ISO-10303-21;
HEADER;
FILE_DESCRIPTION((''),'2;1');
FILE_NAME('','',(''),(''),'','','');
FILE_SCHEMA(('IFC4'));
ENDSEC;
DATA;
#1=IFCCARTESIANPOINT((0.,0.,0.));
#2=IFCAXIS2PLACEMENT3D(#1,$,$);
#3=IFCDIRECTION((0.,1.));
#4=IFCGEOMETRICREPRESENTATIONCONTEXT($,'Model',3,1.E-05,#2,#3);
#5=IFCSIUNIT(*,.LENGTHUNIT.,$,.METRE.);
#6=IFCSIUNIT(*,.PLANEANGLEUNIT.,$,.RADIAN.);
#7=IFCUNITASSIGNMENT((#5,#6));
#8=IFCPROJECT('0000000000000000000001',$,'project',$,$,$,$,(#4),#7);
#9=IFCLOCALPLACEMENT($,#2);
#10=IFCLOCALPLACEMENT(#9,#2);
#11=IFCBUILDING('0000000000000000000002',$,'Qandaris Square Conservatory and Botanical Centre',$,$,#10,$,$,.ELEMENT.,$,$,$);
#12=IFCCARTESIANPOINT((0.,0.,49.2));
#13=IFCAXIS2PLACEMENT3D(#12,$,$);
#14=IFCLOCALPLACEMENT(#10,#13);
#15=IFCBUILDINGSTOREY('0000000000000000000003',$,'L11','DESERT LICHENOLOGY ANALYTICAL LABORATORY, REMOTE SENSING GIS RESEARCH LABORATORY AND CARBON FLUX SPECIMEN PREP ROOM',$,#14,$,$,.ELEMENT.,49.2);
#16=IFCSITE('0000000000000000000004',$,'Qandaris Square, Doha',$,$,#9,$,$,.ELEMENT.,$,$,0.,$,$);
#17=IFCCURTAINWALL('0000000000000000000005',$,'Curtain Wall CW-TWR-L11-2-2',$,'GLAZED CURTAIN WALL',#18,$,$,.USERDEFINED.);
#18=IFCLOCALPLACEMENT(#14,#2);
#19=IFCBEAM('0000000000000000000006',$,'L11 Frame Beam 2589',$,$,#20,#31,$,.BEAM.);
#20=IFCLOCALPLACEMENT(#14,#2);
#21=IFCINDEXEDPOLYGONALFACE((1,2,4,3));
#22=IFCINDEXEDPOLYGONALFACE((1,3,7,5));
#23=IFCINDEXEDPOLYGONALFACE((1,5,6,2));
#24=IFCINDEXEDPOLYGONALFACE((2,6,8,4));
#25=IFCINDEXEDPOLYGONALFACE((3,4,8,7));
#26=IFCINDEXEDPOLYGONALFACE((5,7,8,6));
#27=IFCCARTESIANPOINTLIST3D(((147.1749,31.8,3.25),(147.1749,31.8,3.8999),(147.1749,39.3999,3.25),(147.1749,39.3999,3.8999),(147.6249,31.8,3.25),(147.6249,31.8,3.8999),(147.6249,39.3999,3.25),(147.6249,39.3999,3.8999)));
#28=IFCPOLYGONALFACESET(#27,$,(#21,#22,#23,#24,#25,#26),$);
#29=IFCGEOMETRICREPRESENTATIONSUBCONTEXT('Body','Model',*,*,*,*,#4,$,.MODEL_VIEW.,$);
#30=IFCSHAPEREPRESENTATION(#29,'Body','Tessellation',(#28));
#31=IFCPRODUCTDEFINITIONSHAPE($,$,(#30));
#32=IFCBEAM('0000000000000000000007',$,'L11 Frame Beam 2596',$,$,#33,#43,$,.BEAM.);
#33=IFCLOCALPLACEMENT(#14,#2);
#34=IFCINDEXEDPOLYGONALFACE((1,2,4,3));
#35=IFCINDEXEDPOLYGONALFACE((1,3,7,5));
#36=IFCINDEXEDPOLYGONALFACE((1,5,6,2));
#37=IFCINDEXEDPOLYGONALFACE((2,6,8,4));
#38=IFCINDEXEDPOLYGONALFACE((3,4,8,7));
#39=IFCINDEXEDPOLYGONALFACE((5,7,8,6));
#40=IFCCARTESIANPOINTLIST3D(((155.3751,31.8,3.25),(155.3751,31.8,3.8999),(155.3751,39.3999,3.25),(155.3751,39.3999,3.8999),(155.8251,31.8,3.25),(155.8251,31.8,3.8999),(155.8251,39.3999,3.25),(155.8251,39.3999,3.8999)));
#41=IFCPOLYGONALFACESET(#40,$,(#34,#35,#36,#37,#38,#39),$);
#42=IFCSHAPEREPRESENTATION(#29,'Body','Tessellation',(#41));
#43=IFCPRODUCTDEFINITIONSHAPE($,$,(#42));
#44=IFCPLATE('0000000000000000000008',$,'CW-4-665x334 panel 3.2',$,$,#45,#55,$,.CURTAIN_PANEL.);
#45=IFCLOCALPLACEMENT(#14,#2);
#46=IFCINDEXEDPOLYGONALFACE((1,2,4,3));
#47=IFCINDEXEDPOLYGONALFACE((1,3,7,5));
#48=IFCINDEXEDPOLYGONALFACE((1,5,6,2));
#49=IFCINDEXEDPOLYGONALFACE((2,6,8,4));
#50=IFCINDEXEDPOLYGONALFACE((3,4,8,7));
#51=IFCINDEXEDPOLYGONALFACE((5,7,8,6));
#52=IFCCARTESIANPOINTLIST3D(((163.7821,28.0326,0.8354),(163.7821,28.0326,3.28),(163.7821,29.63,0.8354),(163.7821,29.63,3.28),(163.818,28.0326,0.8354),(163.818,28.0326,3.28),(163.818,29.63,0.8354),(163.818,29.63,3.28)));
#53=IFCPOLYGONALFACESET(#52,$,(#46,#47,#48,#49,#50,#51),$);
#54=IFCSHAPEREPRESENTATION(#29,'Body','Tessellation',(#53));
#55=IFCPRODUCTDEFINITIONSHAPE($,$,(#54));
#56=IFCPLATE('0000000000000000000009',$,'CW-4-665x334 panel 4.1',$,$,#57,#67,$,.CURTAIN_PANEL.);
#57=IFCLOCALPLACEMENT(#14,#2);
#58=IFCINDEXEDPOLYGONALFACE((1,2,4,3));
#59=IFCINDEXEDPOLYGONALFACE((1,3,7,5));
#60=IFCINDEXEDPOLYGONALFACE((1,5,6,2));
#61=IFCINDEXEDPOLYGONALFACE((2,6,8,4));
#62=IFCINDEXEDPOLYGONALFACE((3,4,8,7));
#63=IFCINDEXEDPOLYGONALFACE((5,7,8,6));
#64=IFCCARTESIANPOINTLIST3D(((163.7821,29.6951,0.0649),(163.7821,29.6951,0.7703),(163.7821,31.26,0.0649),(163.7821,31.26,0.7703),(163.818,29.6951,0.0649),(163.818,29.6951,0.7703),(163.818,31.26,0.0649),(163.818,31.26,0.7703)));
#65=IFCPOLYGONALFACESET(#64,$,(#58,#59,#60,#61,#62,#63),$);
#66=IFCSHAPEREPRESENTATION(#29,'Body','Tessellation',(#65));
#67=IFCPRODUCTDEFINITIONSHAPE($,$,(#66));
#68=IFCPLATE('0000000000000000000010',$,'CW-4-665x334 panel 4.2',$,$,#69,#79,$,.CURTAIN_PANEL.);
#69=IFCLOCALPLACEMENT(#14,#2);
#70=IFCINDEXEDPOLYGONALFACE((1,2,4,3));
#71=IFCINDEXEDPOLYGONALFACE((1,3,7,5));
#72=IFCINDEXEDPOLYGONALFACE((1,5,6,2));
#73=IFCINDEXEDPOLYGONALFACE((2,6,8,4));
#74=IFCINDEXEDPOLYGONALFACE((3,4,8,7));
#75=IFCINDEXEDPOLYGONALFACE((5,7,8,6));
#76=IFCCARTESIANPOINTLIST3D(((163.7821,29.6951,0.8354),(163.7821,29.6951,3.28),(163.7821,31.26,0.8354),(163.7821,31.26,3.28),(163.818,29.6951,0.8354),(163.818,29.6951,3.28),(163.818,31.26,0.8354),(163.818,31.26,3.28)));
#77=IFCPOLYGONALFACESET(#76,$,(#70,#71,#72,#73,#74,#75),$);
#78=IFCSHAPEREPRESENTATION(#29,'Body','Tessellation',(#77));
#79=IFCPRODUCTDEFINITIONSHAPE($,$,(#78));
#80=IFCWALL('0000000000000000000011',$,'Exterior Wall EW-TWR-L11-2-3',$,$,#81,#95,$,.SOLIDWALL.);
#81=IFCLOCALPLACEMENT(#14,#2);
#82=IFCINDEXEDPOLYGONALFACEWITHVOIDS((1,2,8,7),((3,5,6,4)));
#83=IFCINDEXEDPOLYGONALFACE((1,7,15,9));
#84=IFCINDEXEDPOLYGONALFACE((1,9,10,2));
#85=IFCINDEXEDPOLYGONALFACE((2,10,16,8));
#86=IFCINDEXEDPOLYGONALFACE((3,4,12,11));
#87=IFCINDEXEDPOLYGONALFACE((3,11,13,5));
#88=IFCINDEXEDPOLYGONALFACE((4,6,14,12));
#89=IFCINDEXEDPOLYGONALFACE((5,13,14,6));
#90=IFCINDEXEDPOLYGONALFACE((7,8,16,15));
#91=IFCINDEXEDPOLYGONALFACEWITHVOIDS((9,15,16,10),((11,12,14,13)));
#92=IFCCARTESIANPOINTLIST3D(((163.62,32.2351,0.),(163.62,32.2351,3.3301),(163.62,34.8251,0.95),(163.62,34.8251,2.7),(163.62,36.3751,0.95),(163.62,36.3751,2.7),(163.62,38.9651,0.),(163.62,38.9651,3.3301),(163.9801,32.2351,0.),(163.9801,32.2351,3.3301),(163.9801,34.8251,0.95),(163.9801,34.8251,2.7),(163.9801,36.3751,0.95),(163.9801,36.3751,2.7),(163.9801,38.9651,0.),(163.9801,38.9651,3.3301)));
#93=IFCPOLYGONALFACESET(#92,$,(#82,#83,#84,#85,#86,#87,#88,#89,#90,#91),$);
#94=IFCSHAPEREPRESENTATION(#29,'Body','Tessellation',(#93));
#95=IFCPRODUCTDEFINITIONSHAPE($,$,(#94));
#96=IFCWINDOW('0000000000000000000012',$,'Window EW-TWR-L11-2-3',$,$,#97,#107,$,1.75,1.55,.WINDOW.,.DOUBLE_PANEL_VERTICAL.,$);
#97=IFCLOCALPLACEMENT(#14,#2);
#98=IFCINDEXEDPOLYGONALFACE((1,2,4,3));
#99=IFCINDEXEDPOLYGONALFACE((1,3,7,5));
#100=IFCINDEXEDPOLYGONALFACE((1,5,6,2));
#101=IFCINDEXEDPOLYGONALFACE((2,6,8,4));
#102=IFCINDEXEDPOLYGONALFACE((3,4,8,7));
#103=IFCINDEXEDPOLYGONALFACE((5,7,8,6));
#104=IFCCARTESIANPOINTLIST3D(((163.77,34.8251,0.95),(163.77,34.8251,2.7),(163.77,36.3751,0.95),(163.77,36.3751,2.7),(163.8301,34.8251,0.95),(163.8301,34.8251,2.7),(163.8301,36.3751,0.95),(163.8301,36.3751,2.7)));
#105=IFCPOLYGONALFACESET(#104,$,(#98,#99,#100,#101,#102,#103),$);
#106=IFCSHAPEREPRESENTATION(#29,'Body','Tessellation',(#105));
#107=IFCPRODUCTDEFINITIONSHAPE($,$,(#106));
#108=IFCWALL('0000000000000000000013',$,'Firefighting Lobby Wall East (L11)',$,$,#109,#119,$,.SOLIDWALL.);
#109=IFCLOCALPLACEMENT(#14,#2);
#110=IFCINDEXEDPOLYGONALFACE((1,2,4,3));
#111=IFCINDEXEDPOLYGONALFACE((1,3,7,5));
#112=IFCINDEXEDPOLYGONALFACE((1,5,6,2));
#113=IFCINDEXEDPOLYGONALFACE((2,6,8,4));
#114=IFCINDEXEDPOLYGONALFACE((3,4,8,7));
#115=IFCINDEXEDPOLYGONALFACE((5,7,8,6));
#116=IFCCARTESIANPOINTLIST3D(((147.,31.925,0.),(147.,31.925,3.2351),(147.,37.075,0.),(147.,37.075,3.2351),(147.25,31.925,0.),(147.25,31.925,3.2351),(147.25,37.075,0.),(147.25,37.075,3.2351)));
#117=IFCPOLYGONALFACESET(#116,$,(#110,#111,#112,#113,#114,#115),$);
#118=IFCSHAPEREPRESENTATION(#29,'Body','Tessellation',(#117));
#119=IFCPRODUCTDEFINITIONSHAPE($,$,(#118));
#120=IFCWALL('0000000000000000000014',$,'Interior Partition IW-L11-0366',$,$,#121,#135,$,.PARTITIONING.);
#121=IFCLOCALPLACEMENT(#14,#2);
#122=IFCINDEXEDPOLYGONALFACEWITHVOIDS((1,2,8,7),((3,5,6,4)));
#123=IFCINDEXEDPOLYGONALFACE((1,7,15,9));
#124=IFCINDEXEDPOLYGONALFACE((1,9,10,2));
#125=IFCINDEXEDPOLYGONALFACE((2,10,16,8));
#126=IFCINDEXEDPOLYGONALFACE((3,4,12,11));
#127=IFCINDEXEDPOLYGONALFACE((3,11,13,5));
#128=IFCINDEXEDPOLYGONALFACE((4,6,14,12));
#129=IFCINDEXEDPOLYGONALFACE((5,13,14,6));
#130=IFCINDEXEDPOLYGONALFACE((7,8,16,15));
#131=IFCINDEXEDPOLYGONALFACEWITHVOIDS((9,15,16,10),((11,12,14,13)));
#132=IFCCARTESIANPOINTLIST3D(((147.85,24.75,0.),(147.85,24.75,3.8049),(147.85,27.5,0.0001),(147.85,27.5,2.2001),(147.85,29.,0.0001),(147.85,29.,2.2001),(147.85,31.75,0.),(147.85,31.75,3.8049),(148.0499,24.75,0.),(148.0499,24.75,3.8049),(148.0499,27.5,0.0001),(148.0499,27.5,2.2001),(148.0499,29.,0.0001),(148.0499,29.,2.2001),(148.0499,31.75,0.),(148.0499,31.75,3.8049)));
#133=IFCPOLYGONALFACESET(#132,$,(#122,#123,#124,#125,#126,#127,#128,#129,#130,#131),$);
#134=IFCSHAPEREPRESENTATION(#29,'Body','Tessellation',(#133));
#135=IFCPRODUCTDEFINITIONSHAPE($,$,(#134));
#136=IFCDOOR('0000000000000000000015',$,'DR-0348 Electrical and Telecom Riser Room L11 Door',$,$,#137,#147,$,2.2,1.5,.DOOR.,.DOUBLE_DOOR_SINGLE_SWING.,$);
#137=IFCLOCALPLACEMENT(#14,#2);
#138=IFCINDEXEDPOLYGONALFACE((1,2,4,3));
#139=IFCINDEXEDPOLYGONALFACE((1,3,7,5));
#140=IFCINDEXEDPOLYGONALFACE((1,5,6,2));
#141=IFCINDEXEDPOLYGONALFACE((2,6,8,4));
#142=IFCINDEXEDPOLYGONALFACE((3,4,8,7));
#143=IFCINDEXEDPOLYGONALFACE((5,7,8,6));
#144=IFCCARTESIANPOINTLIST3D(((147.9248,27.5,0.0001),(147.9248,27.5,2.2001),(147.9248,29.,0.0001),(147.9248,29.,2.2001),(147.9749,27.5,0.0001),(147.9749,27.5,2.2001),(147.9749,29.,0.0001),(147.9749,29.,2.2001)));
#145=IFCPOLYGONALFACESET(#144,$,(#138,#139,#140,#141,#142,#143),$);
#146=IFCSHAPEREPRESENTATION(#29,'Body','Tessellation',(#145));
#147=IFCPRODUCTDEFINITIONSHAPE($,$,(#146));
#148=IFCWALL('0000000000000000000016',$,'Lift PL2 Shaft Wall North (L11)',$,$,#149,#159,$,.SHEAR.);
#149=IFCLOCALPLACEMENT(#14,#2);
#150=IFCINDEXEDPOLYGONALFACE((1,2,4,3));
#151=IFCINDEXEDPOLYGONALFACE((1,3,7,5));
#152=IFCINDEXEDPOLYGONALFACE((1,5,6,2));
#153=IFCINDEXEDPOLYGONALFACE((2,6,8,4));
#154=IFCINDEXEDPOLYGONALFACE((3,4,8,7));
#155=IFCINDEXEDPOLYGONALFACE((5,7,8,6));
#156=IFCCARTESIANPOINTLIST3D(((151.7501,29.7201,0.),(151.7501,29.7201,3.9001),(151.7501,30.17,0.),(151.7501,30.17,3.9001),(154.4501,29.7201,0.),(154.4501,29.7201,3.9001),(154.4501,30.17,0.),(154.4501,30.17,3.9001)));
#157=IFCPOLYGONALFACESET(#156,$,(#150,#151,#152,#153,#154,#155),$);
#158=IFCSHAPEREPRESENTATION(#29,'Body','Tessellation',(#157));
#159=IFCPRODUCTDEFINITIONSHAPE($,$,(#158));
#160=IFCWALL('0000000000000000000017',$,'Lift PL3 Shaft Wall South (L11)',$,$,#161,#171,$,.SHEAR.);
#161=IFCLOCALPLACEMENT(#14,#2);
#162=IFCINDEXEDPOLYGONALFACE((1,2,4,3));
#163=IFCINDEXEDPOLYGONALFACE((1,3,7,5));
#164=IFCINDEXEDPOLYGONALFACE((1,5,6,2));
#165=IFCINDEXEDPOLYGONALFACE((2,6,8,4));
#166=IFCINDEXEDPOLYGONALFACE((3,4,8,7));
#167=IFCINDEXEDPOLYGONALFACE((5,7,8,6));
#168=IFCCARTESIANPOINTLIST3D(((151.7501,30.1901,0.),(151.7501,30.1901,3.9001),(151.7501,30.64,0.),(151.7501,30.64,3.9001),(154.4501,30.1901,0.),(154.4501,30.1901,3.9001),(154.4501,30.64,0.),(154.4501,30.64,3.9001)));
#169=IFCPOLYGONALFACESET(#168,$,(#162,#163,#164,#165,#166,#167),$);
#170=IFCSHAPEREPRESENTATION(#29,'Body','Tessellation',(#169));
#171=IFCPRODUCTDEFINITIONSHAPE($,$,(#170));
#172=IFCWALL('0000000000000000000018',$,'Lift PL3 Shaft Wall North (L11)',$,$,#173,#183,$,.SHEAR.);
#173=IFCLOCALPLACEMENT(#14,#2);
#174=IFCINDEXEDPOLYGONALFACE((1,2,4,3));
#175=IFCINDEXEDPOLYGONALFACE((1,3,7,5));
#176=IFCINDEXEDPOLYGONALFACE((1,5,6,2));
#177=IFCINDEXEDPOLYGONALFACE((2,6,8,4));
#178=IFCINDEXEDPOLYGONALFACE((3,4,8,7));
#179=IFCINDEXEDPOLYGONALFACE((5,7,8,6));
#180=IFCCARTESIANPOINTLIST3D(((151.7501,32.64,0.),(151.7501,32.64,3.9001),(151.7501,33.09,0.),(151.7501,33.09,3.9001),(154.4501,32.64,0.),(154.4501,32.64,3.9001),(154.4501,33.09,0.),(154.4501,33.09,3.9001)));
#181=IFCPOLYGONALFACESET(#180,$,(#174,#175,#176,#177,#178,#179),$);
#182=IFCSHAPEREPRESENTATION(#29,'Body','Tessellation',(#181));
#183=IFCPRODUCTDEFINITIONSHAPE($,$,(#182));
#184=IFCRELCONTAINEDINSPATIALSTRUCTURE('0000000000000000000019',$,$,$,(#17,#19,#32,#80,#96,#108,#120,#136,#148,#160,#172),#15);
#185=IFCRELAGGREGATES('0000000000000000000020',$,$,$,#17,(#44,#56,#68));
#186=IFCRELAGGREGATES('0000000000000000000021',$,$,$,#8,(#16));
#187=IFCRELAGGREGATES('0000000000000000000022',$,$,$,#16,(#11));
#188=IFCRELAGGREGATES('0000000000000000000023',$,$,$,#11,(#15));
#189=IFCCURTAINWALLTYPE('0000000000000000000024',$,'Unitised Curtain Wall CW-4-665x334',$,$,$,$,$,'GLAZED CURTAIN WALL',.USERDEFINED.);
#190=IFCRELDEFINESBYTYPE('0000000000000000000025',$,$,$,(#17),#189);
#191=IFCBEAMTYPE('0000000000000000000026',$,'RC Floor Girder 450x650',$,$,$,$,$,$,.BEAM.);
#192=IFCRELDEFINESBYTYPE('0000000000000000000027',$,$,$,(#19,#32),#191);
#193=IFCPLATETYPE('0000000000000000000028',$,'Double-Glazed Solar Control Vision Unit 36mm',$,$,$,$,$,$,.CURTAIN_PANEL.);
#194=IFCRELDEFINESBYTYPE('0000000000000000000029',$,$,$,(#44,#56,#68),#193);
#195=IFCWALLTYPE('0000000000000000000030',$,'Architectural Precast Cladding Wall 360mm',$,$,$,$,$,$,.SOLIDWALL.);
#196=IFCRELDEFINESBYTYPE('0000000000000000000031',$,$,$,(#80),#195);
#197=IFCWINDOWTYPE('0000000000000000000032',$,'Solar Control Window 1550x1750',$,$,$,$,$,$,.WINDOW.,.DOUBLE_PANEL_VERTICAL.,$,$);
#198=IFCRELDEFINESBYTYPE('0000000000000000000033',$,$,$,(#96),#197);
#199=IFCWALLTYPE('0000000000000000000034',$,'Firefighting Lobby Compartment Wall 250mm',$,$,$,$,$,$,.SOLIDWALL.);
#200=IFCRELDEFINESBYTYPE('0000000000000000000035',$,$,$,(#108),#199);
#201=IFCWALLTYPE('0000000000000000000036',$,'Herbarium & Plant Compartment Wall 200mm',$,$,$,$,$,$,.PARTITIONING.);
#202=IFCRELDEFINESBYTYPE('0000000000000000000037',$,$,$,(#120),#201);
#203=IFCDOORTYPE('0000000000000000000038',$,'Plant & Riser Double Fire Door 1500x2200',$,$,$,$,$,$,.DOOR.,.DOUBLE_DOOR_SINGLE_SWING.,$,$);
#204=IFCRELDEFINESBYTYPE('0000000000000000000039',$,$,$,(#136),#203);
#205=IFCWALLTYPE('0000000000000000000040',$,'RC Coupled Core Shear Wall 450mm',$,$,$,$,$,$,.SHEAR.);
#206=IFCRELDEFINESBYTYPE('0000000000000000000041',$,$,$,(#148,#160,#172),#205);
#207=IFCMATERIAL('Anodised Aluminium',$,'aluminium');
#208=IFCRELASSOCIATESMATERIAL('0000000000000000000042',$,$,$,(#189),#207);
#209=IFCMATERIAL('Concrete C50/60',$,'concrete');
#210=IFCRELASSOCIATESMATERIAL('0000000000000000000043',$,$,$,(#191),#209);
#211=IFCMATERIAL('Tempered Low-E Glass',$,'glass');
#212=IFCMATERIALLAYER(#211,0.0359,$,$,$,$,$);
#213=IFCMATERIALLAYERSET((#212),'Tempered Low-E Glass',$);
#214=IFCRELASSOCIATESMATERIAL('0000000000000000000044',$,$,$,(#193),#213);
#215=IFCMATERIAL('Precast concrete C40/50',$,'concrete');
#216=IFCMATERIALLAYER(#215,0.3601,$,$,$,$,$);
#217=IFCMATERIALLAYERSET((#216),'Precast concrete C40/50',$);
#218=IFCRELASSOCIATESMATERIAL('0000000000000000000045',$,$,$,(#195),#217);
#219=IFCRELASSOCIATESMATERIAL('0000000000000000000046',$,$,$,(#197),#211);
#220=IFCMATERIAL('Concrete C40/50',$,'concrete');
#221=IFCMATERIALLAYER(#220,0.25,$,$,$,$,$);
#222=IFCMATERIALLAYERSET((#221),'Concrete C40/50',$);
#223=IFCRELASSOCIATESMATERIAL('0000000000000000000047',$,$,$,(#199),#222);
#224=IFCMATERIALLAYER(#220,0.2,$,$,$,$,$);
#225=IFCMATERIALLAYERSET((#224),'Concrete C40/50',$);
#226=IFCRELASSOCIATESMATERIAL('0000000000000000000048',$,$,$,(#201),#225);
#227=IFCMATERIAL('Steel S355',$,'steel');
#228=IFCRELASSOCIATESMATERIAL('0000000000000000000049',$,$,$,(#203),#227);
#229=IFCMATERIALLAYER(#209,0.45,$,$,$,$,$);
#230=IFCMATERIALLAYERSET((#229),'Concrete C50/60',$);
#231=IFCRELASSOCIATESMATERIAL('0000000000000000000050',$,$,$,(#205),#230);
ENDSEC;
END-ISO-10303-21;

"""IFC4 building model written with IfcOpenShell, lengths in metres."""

from ifc_helpers import new_model, si_unit, direction, frame, frame_2d, origin, origin_2d, place, context, subcontext, project, spatial, rectangle, extrude, material, layer, layer_set, material_profile, profile_set, type_object, element, fill, aggregate, save


model = new_model("IFC4")

# Units and contexts
model_context = context("Model", 3, precision=1e-05, world=origin(), true_north=direction((0.0, 1.0)))
body_context = subcontext(model_context, "Body", "Model", "MODEL_VIEW")
ifc_project = project(units=[si_unit("LENGTHUNIT", "METRE"), si_unit("PLANEANGLEUNIT", "RADIAN")], contexts=[model_context])

# Site, building, storey
site_placement = place(None, origin())
site = spatial("IfcSite", under=ifc_project, at=site_placement, Name="Qandaris Square, Doha", CompositionType="ELEMENT", RefElevation=0.0)
building_placement = place(site_placement, origin())
building = spatial("IfcBuilding", under=site, at=building_placement, Name="Qandaris Square Conservatory and Botanical Centre", CompositionType="ELEMENT")
storey_placement = place(building_placement, frame((0.0, 0.0, 49.2)))
storey = spatial("IfcBuildingStorey", under=building, at=storey_placement, Name="L11", Description="DESERT LICHENOLOGY ANALYTICAL LABORATORY, REMOTE SENSING GIS RESEARCH LABORATORY AND CARBON FLUX SPECIMEN PREP ROOM", CompositionType="ELEMENT", Elevation=49.2)

# Shared definitions
ifc_material_1 = material(Name="Concrete C50/60", Category="concrete")

# Shared definitions
ifc_material_2 = material(Name="Steel S355", Category="steel")

# Curtain wall
ifc_material_3 = material(Name="Anodised Aluminium", Category="aluminium")
curtain_wall_type = type_object("IfcCurtainWallType", Name="Unitised Curtain Wall CW-4-665x334", ElementType="GLAZED CURTAIN WALL", PredefinedType="USERDEFINED", material=ifc_material_3)
curtain_wall_placement = place(storey_placement, origin())
curtain_wall = element("IfcCurtainWall", 1, at=curtain_wall_placement, inside=storey, type_object=curtain_wall_type, Name="Curtain Wall CW-TWR-L11-2-2", ObjectType="GLAZED CURTAIN WALL", PredefinedType="USERDEFINED")

# Beams
ifc_material_profile_1 = material_profile(ifc_material_1, rectangle(XDim=0.45, YDim=0.6499, at=origin_2d()), Name="RC-BM 450x650")
ifc_profile_set_1 = profile_set([ifc_material_profile_1], Name="Concrete C50/60")
beam_type_1 = type_object("IfcBeamType", Name="RC Floor Girder 450x650", PredefinedType="BEAM", material=ifc_profile_set_1)
for number, where, z_axis, x_axis, name in (
    (2, (147.3999, 31.8, 3.575), (0.0, 1.0, 0.0), (-1.0, 0.0, 0.0), "L11 Frame Beam 2589"),
    (3, (155.6001, 31.8, 3.575), (0.0, 1.0, 0.0), (-1.0, 0.0, 0.0), "L11 Frame Beam 2596"),
):
    element("IfcBeam", number, at=place(storey_placement, frame(where, z_axis=z_axis, x_axis=x_axis)), inside=storey, type_object=beam_type_1, Name=name, PredefinedType="BEAM", context=body_context, shape_type="SweptSolid", body=[
        extrude(rectangle(XDim=0.45, YDim=0.6499, at=origin_2d()), origin(), (0.0, 0.0, 1.0), 7.5999),
    ])

# Plates
ifc_material_4 = material(Name="Tempered Low-E Glass", Category="glass")
ifc_layer_1 = layer(ifc_material_4, 0.0359)
ifc_layer_set_1 = layer_set([ifc_layer_1], Name="Tempered Low-E Glass")
plate_type = type_object("IfcPlateType", Name="Double-Glazed Solar Control Vision Unit 36mm", PredefinedType="CURTAIN_PANEL", material=ifc_layer_set_1)
plate_1_placement = place(storey_placement, frame((163.8, 28.8313, 0.8354), z_axis=(0.0, 0.0, 1.0), x_axis=(0.0, 1.0, 0.0)))
plate_1 = element("IfcPlate", 4, at=plate_1_placement, type_object=plate_type, Name="CW-4-665x334 panel 3.2", PredefinedType="CURTAIN_PANEL", context=body_context, shape_type="SweptSolid", body=[
    extrude(rectangle(XDim=1.5974, YDim=0.0359, at=origin_2d()), origin(), (0.0, 0.0, 1.0), 2.4446),
])
plate_2_placement = place(storey_placement, frame((163.8, 30.4775, 0.0649), z_axis=(0.0, 0.0, 1.0), x_axis=(0.0, 1.0, 0.0)))
plate_2 = element("IfcPlate", 5, at=plate_2_placement, type_object=plate_type, Name="CW-4-665x334 panel 4.1", PredefinedType="CURTAIN_PANEL", context=body_context, shape_type="SweptSolid", body=[
    extrude(rectangle(XDim=1.5649, YDim=0.0359, at=origin_2d()), origin(), (0.0, 0.0, 1.0), 0.7053),
])
plate_3_placement = place(storey_placement, frame((163.8, 30.4775, 0.8354), z_axis=(0.0, 0.0, 1.0), x_axis=(0.0, 1.0, 0.0)))
plate_3 = element("IfcPlate", 6, at=plate_3_placement, type_object=plate_type, Name="CW-4-665x334 panel 4.2", PredefinedType="CURTAIN_PANEL", context=body_context, shape_type="SweptSolid", body=[
    extrude(rectangle(XDim=1.5649, YDim=0.0359, at=origin_2d()), origin(), (0.0, 0.0, 1.0), 2.4446),
])
aggregate(curtain_wall, [plate_1, plate_2, plate_3])

# Wall, opening, window
ifc_material_5 = material(Name="Precast concrete C40/50", Category="concrete")
ifc_layer_2 = layer(ifc_material_5, 0.3601)
ifc_layer_set_2 = layer_set([ifc_layer_2], Name="Precast concrete C40/50")
wall_type_1 = type_object("IfcWallType", Name="Architectural Precast Cladding Wall 360mm", PredefinedType="SOLIDWALL", material=ifc_layer_set_2)
wall_1_placement = place(storey_placement, frame((163.8, 32.2351, 0.0), z_axis=(0.0, 0.0, 1.0), x_axis=(0.0, 1.0, 0.0)))
wall_1 = element("IfcWall", 7, at=wall_1_placement, inside=storey, type_object=wall_type_1, Name="Exterior Wall EW-TWR-L11-2-3", PredefinedType="SOLIDWALL", context=body_context, shape_type="SweptSolid", body=[
    extrude(rectangle(XDim=6.73, YDim=0.3601, at=frame_2d((3.365, 0.0))), origin(), (0.0, 0.0, 1.0), 3.3301),
])
opening_1_placement = place(wall_1_placement, frame((2.5901, 0.0, 0.95)))
opening_1 = element("IfcOpeningElement", 8, at=opening_1_placement, cuts=wall_1, PredefinedType="OPENING", context=body_context, shape_type="SweptSolid", body=[
    extrude(rectangle(XDim=1.55, YDim=1.75, at=frame_2d((0.7749, 0.875))), frame((0.0, 0.1919, 0.0), z_axis=(0.0, -1.0, 0.0), x_axis=(1.0, 0.0, 0.0)), (0.0, 0.0, 1.0), 0.384),
])
window_type = type_object("IfcWindowType", Name="Solar Control Window 1550x1750", PartitioningType="DOUBLE_PANEL_VERTICAL", PredefinedType="WINDOW", material=ifc_material_4)
window_placement = place(opening_1_placement, origin())
window = element("IfcWindow", 9, at=window_placement, inside=storey, type_object=window_type, Name="Window EW-TWR-L11-2-3", OverallHeight=1.75, OverallWidth=1.55, PartitioningType="DOUBLE_PANEL_VERTICAL", PredefinedType="WINDOW", context=body_context, shape_type="SweptSolid", body=[
    extrude(rectangle(XDim=1.55, YDim=1.75, at=frame_2d((0.7749, 0.875))), frame((0.0, 0.03, 0.0), z_axis=(0.0, -1.0, 0.0), x_axis=(1.0, 0.0, 0.0)), (0.0, 0.0, 1.0), 0.0601),
])
fill(opening_1, window)

# Wall
ifc_material_6 = material(Name="Concrete C40/50", Category="concrete")
ifc_layer_3 = layer(ifc_material_6, 0.25)
ifc_layer_set_3 = layer_set([ifc_layer_3], Name="Concrete C40/50")
wall_type_2 = type_object("IfcWallType", Name="Firefighting Lobby Compartment Wall 250mm", PredefinedType="SOLIDWALL", material=ifc_layer_set_3)
wall_2_placement = place(storey_placement, frame((147.125, 31.925, 0.0), z_axis=(0.0, 0.0, 1.0), x_axis=(0.0, 1.0, 0.0)))
element("IfcWall", 10, at=wall_2_placement, inside=storey, type_object=wall_type_2, Name="Firefighting Lobby Wall East (L11)", PredefinedType="SOLIDWALL", context=body_context, shape_type="SweptSolid", body=[
    extrude(rectangle(XDim=5.1499, YDim=0.25, at=frame_2d((2.575, 0.0))), origin(), (0.0, 0.0, 1.0), 3.2351),
])

# Wall, opening, door
ifc_layer_4 = layer(ifc_material_6, 0.2)
ifc_layer_set_4 = layer_set([ifc_layer_4], Name="Concrete C40/50")
wall_type_3 = type_object("IfcWallType", Name="Herbarium & Plant Compartment Wall 200mm", PredefinedType="PARTITIONING", material=ifc_layer_set_4)
wall_3_placement = place(storey_placement, frame((147.95, 31.75, 0.0), z_axis=(0.0, 0.0, 1.0), x_axis=(0.0, -1.0, 0.0)))
wall_3 = element("IfcWall", 11, at=wall_3_placement, inside=storey, type_object=wall_type_3, Name="Interior Partition IW-L11-0366", PredefinedType="PARTITIONING", context=body_context, shape_type="SweptSolid", body=[
    extrude(rectangle(XDim=7.0, YDim=0.2, at=frame_2d((3.5, 0.0))), origin(), (0.0, 0.0, 1.0), 3.8049),
])
opening_2_placement = place(wall_3_placement, frame((2.75, 0.0, 0.0)))
opening_2 = element("IfcOpeningElement", 12, at=opening_2_placement, cuts=wall_3, PredefinedType="OPENING", context=body_context, shape_type="SweptSolid", body=[
    extrude(rectangle(XDim=1.5, YDim=2.2, at=frame_2d((0.75, 1.1001))), frame((0.0, 0.1118, 0.0), z_axis=(0.0, -1.0, 0.0), x_axis=(1.0, 0.0, 0.0)), (0.0, 0.0, 1.0), 0.2239),
])
door_type_1 = type_object("IfcDoorType", Name="Plant & Riser Double Fire Door 1500x2200", OperationType="DOUBLE_DOOR_SINGLE_SWING", PredefinedType="DOOR", material=ifc_material_2)
door_1_placement = place(opening_2_placement, origin())
door_1 = element("IfcDoor", 13, at=door_1_placement, inside=storey, type_object=door_type_1, Name="DR-0348 Electrical and Telecom Riser Room L11 Door", OperationType="DOUBLE_DOOR_SINGLE_SWING", OverallHeight=2.2, OverallWidth=1.5, PredefinedType="DOOR", context=body_context, shape_type="SweptSolid", body=[
    extrude(rectangle(XDim=1.5, YDim=2.2, at=frame_2d((0.75, 1.1001))), frame((0.0, 0.0249, 0.0), z_axis=(0.0, -1.0, 0.0), x_axis=(1.0, 0.0, 0.0)), (0.0, 0.0, 1.0), 0.05),
])
fill(opening_2, door_1)

# Walls
ifc_layer_5 = layer(ifc_material_1, 0.45)
ifc_layer_set_5 = layer_set([ifc_layer_5], Name="Concrete C50/60")
wall_type_4 = type_object("IfcWallType", Name="RC Coupled Core Shear Wall 450mm", PredefinedType="SHEAR", material=ifc_layer_set_5)
for number, where, z_axis, x_axis, name in (
    (14, (151.75, 29.9451, 0.0), (0.0, 0.0, 1.0), (1.0, 0.0, 0.0), "Lift PL2 Shaft Wall North (L11)"),
    (15, (151.75, 30.415, 0.0), (0.0, 0.0, 1.0), (1.0, 0.0, 0.0), "Lift PL3 Shaft Wall South (L11)"),
    (16, (151.75, 32.865, 0.0), (0.0, 0.0, 1.0), (1.0, 0.0, 0.0), "Lift PL3 Shaft Wall North (L11)"),
):
    element("IfcWall", number, at=place(storey_placement, frame(where, z_axis=z_axis, x_axis=x_axis)), inside=storey, type_object=wall_type_4, Name=name, PredefinedType="SHEAR", context=body_context, shape_type="SweptSolid", body=[
        extrude(rectangle(XDim=2.7, YDim=0.45, at=frame_2d((1.3501, 0.0))), origin(), (0.0, 0.0, 1.0), 3.9001),
    ])

save(model, "model.ifc")
